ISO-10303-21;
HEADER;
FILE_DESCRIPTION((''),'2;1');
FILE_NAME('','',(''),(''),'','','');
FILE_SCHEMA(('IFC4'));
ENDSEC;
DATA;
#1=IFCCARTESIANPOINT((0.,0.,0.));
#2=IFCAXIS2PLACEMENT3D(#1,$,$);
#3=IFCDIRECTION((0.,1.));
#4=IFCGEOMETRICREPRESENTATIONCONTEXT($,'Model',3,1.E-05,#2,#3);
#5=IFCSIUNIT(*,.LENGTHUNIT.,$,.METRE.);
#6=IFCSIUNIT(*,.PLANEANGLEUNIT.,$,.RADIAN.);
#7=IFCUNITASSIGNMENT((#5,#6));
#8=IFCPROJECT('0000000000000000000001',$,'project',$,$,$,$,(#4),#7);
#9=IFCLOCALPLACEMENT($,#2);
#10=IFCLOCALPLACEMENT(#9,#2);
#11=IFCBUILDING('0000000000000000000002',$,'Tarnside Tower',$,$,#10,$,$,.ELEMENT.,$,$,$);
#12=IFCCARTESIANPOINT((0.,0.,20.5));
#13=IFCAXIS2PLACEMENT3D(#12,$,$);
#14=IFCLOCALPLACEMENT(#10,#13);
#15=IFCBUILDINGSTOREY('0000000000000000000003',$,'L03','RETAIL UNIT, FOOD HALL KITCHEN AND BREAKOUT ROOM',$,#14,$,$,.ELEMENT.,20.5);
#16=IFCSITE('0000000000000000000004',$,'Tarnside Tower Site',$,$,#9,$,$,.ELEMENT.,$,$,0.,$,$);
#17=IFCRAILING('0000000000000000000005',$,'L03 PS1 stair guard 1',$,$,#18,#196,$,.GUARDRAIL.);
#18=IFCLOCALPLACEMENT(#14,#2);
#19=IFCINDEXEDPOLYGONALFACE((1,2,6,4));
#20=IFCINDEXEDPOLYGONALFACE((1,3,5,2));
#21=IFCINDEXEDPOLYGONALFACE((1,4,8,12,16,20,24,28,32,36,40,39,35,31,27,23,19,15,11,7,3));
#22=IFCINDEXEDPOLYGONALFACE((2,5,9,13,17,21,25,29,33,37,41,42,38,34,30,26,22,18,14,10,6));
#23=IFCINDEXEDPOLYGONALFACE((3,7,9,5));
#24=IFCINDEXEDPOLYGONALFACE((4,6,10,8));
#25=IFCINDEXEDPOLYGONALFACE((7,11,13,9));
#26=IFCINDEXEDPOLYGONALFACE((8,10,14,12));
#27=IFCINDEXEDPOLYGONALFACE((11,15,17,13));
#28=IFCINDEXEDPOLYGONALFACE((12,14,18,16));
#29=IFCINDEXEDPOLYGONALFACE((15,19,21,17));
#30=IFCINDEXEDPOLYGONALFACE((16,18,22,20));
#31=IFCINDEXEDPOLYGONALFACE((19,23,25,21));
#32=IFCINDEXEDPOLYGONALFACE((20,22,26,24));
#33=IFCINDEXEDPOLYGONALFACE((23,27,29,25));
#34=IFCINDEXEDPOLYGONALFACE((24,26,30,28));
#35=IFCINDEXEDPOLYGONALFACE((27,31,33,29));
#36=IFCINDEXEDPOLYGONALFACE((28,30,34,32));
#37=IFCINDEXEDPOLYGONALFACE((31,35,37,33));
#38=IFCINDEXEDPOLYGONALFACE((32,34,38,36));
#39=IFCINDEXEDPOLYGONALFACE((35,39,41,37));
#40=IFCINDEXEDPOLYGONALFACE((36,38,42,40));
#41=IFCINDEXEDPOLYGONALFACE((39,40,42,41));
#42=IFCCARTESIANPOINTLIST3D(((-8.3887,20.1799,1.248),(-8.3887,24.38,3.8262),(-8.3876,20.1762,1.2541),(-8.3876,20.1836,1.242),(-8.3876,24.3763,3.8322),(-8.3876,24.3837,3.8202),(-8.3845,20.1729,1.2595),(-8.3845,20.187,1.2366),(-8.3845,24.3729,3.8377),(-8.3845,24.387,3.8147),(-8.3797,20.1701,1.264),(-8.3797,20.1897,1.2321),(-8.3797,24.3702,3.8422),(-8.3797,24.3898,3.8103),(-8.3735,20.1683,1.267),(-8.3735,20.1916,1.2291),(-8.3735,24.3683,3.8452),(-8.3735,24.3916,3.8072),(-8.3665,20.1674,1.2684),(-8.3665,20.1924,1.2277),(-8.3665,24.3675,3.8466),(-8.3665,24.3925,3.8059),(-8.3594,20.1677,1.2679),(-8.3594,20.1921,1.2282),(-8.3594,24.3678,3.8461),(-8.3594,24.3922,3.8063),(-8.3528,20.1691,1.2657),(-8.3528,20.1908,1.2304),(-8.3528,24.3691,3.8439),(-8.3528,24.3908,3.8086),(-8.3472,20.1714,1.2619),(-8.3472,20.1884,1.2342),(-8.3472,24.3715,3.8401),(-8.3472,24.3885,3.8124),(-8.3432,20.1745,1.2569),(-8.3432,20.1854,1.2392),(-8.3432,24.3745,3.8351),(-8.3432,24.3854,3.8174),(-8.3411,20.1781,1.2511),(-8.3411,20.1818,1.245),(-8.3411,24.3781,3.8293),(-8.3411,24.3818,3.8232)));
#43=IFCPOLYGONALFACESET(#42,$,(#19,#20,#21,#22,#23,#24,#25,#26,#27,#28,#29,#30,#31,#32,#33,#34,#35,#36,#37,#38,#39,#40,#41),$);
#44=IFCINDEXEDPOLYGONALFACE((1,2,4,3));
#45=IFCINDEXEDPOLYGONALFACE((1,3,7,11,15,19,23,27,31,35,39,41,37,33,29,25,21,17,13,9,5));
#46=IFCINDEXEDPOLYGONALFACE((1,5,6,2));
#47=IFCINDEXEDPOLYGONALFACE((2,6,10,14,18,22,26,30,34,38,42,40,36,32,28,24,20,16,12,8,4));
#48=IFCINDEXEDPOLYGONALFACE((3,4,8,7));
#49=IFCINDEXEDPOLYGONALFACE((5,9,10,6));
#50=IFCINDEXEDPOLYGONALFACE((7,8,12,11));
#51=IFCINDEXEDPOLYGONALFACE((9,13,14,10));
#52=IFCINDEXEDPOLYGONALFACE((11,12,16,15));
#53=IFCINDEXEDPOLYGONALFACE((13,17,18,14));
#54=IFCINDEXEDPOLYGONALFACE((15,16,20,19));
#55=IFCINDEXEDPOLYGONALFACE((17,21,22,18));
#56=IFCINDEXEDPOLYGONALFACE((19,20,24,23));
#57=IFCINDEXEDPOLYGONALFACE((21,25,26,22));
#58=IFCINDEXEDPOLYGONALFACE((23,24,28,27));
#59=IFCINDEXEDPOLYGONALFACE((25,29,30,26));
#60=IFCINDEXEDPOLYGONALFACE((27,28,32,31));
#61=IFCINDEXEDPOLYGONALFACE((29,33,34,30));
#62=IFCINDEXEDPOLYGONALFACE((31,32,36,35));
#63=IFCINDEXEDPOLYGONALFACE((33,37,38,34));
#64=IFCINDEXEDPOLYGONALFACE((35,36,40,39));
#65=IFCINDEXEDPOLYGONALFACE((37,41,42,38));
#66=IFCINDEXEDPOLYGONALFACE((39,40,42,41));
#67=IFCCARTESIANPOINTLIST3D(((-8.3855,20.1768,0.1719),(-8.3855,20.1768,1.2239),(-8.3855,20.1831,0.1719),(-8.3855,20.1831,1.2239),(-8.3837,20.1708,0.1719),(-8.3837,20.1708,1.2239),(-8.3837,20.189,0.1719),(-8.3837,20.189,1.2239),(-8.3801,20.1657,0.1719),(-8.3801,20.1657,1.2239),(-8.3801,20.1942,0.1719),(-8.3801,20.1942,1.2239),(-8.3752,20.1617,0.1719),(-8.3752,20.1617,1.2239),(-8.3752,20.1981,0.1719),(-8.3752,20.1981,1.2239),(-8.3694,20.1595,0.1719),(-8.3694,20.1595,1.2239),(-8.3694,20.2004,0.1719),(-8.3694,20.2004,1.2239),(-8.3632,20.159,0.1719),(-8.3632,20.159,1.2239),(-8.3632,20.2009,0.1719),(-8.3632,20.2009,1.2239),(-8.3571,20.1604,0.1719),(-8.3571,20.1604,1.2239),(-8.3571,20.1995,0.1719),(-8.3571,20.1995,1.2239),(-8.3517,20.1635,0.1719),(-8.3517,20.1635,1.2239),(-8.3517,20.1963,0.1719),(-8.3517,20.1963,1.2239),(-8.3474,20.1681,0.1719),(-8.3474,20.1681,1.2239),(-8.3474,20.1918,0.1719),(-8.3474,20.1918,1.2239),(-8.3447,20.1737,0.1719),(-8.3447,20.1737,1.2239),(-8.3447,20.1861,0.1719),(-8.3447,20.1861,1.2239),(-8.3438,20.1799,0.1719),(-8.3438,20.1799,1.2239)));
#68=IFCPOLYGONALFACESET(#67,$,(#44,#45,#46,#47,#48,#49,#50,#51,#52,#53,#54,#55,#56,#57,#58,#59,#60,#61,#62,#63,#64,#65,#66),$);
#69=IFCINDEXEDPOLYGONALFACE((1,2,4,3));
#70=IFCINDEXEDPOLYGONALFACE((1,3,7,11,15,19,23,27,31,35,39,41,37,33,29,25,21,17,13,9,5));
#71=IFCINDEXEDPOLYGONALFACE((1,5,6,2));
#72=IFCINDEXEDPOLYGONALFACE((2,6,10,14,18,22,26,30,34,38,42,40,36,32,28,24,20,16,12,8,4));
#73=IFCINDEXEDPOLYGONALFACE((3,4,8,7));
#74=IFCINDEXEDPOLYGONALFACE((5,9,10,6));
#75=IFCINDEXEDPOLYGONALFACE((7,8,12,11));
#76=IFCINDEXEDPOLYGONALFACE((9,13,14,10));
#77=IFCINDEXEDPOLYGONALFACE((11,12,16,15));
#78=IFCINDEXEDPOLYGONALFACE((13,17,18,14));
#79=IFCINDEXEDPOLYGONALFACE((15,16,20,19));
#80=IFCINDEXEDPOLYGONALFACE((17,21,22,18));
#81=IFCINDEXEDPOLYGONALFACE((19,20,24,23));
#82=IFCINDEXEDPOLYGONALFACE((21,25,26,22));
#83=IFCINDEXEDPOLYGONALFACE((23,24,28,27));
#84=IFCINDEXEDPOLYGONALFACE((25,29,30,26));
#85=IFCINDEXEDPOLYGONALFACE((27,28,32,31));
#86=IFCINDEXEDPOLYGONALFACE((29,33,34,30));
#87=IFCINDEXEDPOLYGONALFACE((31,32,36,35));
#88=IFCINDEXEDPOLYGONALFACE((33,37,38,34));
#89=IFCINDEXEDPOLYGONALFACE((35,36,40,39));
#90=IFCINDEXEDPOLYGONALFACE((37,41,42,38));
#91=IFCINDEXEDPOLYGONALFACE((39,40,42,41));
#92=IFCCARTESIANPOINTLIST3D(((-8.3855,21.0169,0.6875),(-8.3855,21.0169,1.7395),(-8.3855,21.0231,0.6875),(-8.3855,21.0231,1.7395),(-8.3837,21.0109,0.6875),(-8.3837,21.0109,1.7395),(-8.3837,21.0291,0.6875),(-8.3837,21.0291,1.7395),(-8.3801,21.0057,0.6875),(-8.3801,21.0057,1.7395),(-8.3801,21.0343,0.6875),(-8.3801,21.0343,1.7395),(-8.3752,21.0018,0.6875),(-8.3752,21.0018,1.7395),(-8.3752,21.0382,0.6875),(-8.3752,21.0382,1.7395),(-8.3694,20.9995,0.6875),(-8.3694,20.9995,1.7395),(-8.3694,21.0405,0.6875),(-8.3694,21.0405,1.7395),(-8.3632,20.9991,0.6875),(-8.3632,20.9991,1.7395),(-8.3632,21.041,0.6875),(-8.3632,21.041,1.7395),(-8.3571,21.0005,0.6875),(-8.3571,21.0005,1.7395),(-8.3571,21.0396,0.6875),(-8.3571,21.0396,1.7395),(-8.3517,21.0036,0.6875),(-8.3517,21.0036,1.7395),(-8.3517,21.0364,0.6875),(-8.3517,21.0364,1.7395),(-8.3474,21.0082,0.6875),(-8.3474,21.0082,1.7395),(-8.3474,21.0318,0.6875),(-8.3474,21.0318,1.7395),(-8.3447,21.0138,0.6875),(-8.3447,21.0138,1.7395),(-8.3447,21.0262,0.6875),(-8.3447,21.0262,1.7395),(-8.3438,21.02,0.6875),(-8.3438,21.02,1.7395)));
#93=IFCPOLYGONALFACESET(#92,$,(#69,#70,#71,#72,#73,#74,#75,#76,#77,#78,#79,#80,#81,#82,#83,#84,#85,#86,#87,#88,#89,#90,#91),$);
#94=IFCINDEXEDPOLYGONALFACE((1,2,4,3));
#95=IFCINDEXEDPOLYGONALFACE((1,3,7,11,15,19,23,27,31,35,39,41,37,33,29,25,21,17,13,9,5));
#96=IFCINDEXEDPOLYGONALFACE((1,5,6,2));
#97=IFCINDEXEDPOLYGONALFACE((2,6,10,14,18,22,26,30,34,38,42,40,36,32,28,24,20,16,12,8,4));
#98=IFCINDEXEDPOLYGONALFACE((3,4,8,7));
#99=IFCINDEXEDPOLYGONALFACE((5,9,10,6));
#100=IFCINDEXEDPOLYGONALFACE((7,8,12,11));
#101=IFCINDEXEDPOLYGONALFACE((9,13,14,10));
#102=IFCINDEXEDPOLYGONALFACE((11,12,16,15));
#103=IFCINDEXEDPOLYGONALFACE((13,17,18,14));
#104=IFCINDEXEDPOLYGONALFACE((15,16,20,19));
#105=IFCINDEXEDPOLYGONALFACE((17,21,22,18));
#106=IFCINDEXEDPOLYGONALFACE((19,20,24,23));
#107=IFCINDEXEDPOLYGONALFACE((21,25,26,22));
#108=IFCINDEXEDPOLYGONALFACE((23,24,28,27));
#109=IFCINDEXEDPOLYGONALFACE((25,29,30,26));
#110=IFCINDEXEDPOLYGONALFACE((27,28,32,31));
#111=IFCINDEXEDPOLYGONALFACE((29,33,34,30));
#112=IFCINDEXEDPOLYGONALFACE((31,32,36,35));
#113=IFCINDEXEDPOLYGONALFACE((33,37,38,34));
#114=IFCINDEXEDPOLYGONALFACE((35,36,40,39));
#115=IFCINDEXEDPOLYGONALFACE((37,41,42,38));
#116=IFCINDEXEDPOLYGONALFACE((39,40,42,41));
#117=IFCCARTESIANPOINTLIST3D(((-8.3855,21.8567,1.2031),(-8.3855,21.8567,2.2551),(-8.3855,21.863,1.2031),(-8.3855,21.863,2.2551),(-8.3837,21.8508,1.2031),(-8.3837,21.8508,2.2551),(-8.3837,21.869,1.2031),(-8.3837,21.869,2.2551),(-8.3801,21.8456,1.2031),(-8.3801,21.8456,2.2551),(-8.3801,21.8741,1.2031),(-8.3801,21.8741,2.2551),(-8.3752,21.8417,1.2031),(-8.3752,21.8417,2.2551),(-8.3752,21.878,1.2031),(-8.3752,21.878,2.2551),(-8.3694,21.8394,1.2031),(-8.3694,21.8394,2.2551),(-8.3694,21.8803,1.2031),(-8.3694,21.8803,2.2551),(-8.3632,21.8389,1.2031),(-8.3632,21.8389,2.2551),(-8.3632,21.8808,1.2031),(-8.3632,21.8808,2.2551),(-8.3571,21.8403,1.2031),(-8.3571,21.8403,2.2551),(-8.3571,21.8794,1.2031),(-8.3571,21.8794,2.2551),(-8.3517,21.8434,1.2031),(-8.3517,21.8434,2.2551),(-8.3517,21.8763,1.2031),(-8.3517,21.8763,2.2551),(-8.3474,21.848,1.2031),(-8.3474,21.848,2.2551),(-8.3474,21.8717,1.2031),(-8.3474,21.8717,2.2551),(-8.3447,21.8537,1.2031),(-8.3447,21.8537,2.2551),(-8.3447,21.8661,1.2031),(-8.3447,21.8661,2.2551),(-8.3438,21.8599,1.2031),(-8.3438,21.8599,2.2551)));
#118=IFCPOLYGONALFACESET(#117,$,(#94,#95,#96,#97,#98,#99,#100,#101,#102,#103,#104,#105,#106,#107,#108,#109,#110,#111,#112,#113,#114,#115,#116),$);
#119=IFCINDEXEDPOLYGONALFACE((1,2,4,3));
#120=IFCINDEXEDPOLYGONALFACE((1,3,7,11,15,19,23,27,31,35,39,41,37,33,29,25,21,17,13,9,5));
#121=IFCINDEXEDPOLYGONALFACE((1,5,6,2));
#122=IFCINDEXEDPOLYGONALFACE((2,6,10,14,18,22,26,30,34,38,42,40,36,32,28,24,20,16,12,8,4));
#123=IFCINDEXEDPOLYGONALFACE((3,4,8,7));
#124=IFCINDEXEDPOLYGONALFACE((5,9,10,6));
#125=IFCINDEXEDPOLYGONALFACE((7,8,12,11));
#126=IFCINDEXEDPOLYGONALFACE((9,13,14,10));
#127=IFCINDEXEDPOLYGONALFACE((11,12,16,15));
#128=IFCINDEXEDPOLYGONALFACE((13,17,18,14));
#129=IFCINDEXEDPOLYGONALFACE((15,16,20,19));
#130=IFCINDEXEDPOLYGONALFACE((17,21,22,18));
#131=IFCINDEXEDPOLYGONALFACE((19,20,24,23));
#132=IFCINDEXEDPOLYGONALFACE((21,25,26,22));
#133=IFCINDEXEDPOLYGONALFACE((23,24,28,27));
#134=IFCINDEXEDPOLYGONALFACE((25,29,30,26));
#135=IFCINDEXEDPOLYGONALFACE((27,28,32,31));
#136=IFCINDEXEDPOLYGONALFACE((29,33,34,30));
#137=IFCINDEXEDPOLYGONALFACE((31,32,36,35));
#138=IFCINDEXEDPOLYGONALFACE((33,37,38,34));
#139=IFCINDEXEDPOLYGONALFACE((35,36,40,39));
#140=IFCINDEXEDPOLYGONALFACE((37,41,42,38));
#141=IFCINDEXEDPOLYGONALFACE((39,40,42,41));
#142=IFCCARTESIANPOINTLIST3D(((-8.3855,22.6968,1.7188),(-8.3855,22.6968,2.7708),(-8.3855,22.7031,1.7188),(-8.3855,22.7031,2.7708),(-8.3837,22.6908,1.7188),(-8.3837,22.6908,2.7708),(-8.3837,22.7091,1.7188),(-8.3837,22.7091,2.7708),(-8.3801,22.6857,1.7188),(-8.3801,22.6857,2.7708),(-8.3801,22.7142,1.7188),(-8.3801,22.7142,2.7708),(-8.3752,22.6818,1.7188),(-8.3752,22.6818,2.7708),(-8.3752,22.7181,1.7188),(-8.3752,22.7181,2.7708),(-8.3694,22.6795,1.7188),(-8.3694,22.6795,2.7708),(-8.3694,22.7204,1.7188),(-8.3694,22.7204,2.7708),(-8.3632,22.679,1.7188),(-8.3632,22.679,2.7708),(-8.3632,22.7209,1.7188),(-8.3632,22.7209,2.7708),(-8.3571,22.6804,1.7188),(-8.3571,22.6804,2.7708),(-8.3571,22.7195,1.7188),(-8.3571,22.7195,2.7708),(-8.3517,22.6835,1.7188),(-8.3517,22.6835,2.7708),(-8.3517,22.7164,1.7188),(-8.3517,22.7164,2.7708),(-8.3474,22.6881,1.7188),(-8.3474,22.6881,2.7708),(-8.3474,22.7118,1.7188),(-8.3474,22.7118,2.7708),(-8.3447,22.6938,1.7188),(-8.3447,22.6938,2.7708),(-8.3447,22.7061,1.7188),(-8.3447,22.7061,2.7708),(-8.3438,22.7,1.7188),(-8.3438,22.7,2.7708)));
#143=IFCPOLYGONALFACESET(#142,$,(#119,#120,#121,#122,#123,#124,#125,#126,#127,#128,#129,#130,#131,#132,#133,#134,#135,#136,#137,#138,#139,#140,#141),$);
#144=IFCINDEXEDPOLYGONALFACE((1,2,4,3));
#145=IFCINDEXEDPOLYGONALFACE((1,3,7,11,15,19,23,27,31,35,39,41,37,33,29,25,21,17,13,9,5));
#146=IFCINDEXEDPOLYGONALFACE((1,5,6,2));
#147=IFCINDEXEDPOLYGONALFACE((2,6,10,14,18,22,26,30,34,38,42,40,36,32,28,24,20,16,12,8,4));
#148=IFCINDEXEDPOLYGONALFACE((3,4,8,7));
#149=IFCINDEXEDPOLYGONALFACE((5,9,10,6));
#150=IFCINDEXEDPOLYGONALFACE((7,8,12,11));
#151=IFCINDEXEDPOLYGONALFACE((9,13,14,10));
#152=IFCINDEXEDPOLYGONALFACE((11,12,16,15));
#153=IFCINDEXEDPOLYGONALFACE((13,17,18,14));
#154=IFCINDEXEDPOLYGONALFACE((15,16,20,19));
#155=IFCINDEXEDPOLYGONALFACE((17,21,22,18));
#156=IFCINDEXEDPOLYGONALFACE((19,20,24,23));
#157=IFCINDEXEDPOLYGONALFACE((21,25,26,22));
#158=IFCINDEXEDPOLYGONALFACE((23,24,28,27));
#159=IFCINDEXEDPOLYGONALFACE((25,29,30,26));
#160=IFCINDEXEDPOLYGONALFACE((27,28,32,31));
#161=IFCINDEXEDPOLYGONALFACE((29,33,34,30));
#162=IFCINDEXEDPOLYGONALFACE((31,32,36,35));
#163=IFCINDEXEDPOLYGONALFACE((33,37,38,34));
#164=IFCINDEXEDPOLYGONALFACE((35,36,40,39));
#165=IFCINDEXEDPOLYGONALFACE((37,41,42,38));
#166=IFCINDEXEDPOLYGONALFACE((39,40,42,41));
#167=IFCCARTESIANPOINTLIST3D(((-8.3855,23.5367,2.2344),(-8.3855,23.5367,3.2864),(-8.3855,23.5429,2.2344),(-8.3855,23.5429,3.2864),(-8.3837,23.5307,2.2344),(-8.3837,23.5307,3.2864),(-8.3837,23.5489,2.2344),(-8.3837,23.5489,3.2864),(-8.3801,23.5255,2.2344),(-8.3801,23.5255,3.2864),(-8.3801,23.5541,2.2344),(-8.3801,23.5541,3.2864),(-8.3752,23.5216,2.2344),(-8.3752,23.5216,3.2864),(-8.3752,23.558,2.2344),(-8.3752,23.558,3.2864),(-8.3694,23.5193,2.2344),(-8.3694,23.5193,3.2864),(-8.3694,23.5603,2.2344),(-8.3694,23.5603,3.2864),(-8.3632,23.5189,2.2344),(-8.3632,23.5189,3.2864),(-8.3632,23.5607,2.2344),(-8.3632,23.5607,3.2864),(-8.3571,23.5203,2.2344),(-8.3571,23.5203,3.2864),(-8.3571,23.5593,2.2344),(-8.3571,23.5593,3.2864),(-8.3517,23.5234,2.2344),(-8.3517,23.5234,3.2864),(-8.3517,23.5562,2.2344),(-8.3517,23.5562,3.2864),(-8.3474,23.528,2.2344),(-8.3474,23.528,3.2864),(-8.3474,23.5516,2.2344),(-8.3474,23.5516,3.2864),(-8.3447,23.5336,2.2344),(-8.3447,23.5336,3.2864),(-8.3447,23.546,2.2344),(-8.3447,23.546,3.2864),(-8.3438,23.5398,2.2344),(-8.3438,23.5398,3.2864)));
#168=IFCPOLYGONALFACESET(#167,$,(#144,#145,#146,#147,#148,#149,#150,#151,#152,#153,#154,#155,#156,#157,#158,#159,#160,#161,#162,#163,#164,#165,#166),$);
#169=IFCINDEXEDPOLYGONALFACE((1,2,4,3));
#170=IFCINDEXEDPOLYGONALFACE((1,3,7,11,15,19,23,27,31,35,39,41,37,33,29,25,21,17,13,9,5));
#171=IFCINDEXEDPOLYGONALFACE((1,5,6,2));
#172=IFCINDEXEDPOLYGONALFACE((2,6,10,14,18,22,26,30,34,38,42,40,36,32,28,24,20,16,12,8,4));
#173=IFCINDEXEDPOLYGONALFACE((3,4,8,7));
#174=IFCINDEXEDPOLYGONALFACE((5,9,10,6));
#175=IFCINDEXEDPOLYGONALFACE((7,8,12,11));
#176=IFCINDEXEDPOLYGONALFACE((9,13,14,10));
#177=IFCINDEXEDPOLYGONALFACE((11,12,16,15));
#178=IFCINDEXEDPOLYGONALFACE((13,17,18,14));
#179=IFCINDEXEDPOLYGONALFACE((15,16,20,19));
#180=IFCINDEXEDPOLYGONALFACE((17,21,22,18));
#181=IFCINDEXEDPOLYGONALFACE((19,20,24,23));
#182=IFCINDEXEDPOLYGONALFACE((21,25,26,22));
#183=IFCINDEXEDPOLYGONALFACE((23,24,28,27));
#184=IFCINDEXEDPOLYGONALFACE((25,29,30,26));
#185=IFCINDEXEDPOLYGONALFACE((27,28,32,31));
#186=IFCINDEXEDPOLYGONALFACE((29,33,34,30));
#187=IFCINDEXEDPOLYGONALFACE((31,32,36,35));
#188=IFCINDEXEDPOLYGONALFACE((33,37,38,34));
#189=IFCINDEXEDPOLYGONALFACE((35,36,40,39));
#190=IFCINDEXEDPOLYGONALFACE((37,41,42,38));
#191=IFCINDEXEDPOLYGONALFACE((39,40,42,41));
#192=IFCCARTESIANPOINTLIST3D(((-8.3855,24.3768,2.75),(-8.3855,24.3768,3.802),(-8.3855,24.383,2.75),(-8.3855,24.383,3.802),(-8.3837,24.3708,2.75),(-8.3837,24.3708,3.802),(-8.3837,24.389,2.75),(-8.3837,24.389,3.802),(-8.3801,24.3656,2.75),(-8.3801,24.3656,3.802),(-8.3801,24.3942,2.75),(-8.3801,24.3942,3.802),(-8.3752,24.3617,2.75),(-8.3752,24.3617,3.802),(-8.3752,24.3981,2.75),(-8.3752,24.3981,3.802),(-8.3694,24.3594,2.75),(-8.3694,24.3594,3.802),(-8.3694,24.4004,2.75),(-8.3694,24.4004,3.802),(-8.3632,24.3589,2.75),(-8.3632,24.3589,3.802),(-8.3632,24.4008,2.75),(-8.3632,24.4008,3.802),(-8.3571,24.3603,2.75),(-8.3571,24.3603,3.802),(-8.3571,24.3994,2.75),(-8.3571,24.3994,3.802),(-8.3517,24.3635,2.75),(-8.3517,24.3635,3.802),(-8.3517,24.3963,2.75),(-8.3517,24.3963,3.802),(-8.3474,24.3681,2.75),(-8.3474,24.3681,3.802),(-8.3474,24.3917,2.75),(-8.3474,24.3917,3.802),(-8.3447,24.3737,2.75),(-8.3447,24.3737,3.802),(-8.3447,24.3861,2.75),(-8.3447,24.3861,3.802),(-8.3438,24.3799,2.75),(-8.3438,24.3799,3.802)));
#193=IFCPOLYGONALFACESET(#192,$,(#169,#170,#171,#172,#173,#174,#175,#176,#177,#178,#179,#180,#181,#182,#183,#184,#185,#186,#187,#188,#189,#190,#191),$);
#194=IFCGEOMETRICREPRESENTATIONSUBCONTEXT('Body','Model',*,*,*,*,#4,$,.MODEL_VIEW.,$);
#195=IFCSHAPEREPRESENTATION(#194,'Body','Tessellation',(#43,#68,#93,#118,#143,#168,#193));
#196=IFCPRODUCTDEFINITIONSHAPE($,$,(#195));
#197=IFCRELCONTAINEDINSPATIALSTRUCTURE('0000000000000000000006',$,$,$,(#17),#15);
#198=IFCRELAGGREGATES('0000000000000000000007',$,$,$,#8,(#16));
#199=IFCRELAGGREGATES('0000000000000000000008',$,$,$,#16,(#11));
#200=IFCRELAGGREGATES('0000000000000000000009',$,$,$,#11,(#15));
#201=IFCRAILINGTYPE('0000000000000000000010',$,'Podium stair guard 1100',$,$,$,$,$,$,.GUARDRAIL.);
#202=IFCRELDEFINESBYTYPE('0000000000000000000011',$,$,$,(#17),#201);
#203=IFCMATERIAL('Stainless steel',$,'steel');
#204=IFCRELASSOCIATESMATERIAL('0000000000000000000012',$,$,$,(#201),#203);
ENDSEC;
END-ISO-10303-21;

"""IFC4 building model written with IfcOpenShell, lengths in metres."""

from ifc_helpers import new_model, si_unit, direction, frame, origin, origin_2d, place, context, subcontext, project, spatial, circle, extrude, material, type_object, element, save


model = new_model("IFC4")

# Units and contexts
model_context = context("Model", 3, precision=1e-05, world=origin(), true_north=direction((0.0, 1.0)))
body_context = subcontext(model_context, "Body", "Model", "MODEL_VIEW")
ifc_project = project(units=[si_unit("LENGTHUNIT", "METRE"), si_unit("PLANEANGLEUNIT", "RADIAN")], contexts=[model_context])

# Site, building, storey
site_placement = place(None, origin())
site = spatial("IfcSite", under=ifc_project, at=site_placement, Name="Tarnside Tower Site", CompositionType="ELEMENT", RefElevation=0.0)
building_placement = place(site_placement, origin())
building = spatial("IfcBuilding", under=site, at=building_placement, Name="Tarnside Tower", CompositionType="ELEMENT")
storey_placement = place(building_placement, frame((0.0, 0.0, 20.5)))
storey = spatial("IfcBuildingStorey", under=building, at=storey_placement, Name="L03", Description="RETAIL UNIT, FOOD HALL KITCHEN AND BREAKOUT ROOM", CompositionType="ELEMENT", Elevation=20.5)

# Railing
ifc_material_1 = material(Name="Stainless steel", Category="steel")
railing_type_1 = type_object("IfcRailingType", Name="Podium stair guard 1100", PredefinedType="GUARDRAIL", material=ifc_material_1)
railing_1_placement = place(storey_placement, frame((-8.3647, 20.1799, 0.1719)))
element("IfcRailing", 1, at=railing_1_placement, inside=storey, type_object=railing_type_1, Name="L03 PS1 stair guard 1", PredefinedType="GUARDRAIL", context=body_context, shape_type="SweptSolid", body=[
    extrude(circle(Radius=0.0239, at=origin_2d()), frame((0.0, 0.0, 1.0762), z_axis=(0.0, 0.852243, 0.523146), x_axis=(-1.0, 0.0, 0.0)), (0.0, 0.0, 1.0), 4.9282),
    extrude(circle(Radius=0.021, at=origin_2d()), origin(), (0.0, 0.0, 1.0), 1.052),
    extrude(circle(Radius=0.021, at=origin_2d()), frame((0.0, 0.8401, 0.5156)), (0.0, 0.0, 1.0), 1.052),
    extrude(circle(Radius=0.021, at=origin_2d()), frame((0.0, 1.6799, 1.0312)), (0.0, 0.0, 1.0), 1.052),
    extrude(circle(Radius=0.021, at=origin_2d()), frame((0.0, 2.52, 1.5469)), (0.0, 0.0, 1.0), 1.052),
    extrude(circle(Radius=0.021, at=origin_2d()), frame((0.0, 3.3599, 2.0625)), (0.0, 0.0, 1.0), 1.052),
    extrude(circle(Radius=0.021, at=origin_2d()), frame((0.0, 4.2, 2.5781)), (0.0, 0.0, 1.0), 1.052),
])

save(model, "model.ifc")
